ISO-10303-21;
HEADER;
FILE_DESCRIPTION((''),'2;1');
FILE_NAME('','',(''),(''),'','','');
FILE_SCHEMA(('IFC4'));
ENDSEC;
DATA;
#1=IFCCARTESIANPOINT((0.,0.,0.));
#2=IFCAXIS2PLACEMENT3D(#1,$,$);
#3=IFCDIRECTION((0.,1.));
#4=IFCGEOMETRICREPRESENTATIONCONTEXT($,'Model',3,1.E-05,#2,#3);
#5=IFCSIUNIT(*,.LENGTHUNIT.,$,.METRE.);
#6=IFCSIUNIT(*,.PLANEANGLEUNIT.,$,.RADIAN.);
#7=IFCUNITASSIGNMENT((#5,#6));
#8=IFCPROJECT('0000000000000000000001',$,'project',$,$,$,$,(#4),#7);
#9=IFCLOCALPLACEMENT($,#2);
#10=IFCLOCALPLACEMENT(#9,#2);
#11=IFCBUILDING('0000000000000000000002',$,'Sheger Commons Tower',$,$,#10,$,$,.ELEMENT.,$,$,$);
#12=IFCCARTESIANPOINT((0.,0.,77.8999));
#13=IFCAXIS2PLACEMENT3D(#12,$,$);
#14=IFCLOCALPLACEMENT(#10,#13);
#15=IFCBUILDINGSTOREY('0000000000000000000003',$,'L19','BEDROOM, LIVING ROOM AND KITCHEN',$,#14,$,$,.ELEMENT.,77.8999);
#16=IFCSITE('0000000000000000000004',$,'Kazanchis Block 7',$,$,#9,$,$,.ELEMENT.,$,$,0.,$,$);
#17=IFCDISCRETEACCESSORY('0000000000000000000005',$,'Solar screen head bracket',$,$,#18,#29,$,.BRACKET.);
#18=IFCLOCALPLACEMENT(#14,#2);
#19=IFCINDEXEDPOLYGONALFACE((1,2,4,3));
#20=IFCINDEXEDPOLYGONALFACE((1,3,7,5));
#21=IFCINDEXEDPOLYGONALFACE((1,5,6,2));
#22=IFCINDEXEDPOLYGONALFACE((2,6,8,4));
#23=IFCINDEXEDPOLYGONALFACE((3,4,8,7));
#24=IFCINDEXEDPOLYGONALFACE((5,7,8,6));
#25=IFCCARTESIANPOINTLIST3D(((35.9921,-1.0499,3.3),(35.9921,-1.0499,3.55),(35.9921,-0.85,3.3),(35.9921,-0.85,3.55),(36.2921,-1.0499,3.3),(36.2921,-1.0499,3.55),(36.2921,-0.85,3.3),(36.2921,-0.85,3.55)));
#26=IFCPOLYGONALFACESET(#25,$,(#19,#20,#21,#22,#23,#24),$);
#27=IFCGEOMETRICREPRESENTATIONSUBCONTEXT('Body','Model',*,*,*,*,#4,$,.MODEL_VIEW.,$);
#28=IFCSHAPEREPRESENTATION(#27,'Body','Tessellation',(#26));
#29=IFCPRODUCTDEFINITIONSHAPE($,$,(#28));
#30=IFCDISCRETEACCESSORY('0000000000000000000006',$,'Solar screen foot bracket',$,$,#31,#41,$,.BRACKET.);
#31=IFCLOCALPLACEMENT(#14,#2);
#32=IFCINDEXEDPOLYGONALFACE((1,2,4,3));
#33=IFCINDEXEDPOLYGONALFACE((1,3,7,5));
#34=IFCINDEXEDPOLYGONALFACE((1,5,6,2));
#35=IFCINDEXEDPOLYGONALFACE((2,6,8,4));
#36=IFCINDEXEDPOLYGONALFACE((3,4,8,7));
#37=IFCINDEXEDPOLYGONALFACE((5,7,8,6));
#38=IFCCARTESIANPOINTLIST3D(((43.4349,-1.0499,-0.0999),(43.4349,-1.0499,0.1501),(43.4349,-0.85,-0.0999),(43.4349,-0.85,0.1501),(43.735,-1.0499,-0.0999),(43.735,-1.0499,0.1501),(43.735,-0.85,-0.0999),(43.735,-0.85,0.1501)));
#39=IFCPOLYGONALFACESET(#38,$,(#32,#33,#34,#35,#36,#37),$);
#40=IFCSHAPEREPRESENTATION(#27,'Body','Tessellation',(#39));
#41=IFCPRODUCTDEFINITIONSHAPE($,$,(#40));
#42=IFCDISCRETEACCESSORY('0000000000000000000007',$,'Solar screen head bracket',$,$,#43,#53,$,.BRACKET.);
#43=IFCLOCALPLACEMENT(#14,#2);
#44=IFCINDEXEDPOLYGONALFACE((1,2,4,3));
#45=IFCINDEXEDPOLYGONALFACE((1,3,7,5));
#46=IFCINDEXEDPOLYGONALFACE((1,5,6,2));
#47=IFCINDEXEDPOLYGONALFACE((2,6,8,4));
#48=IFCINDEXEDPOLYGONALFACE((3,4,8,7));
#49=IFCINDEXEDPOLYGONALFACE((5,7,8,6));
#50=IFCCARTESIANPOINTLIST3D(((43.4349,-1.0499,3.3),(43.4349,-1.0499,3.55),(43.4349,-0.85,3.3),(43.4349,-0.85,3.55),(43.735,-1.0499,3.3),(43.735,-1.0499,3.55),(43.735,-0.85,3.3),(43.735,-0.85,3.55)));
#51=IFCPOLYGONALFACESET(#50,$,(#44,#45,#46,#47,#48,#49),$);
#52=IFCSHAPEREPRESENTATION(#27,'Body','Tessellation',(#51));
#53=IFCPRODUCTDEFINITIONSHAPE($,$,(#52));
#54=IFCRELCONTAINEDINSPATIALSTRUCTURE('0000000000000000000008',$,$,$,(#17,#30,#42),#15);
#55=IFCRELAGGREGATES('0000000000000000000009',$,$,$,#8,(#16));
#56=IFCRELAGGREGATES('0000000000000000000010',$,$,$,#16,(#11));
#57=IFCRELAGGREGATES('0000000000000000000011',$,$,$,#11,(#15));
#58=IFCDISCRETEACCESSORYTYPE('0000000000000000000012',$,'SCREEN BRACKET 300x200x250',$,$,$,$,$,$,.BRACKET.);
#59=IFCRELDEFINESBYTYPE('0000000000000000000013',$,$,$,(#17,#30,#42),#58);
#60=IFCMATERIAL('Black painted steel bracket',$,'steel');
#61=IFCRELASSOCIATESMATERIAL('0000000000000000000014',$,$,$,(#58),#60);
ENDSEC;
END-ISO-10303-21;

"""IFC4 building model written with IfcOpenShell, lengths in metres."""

from ifc_helpers import new_model, si_unit, direction, frame, origin, origin_2d, place, context, subcontext, project, spatial, rectangle, extrude, material, type_object, element, save


model = new_model("IFC4")

# Units and contexts
model_context = context("Model", 3, precision=1e-05, world=origin(), true_north=direction((0.0, 1.0)))
body_context = subcontext(model_context, "Body", "Model", "MODEL_VIEW")
ifc_project = project(units=[si_unit("LENGTHUNIT", "METRE"), si_unit("PLANEANGLEUNIT", "RADIAN")], contexts=[model_context])

# Site, building, storey
site_placement = place(None, origin())
site = spatial("IfcSite", under=ifc_project, at=site_placement, Name="Kazanchis Block 7", CompositionType="ELEMENT", RefElevation=0.0)
building_placement = place(site_placement, origin())
building = spatial("IfcBuilding", under=site, at=building_placement, Name="Sheger Commons Tower", CompositionType="ELEMENT")
storey_placement = place(building_placement, frame((0.0, 0.0, 77.8999)))
storey = spatial("IfcBuildingStorey", under=building, at=storey_placement, Name="L19", Description="BEDROOM, LIVING ROOM AND KITCHEN", CompositionType="ELEMENT", Elevation=77.8999)

# Discrete accessories
ifc_material_1 = material(Name="Black painted steel bracket", Category="steel")
discrete_accessory_type = type_object("IfcDiscreteAccessoryType", Name="SCREEN BRACKET 300x200x250", PredefinedType="BRACKET", material=ifc_material_1)
for number, where, z_axis, x_axis, name in (
    (1, (36.1421, -0.95, 3.3), (0.0, 0.0, 1.0), (1.0, 0.0, 0.0), "Solar screen head bracket"),
    (2, (43.585, -0.95, -0.0999), (0.0, 0.0, 1.0), (1.0, 0.0, 0.0), "Solar screen foot bracket"),
    (3, (43.585, -0.95, 3.3), (0.0, 0.0, 1.0), (1.0, 0.0, 0.0), "Solar screen head bracket"),
):
    element("IfcDiscreteAccessory", number, at=place(storey_placement, frame(where, z_axis=z_axis, x_axis=x_axis)), inside=storey, type_object=discrete_accessory_type, Name=name, PredefinedType="BRACKET", context=body_context, shape_type="SweptSolid", body=[
        extrude(rectangle(XDim=0.3, YDim=0.2, at=origin_2d()), origin(), (0.0, 0.0, 1.0), 0.25),
    ])

save(model, "model.ifc")
